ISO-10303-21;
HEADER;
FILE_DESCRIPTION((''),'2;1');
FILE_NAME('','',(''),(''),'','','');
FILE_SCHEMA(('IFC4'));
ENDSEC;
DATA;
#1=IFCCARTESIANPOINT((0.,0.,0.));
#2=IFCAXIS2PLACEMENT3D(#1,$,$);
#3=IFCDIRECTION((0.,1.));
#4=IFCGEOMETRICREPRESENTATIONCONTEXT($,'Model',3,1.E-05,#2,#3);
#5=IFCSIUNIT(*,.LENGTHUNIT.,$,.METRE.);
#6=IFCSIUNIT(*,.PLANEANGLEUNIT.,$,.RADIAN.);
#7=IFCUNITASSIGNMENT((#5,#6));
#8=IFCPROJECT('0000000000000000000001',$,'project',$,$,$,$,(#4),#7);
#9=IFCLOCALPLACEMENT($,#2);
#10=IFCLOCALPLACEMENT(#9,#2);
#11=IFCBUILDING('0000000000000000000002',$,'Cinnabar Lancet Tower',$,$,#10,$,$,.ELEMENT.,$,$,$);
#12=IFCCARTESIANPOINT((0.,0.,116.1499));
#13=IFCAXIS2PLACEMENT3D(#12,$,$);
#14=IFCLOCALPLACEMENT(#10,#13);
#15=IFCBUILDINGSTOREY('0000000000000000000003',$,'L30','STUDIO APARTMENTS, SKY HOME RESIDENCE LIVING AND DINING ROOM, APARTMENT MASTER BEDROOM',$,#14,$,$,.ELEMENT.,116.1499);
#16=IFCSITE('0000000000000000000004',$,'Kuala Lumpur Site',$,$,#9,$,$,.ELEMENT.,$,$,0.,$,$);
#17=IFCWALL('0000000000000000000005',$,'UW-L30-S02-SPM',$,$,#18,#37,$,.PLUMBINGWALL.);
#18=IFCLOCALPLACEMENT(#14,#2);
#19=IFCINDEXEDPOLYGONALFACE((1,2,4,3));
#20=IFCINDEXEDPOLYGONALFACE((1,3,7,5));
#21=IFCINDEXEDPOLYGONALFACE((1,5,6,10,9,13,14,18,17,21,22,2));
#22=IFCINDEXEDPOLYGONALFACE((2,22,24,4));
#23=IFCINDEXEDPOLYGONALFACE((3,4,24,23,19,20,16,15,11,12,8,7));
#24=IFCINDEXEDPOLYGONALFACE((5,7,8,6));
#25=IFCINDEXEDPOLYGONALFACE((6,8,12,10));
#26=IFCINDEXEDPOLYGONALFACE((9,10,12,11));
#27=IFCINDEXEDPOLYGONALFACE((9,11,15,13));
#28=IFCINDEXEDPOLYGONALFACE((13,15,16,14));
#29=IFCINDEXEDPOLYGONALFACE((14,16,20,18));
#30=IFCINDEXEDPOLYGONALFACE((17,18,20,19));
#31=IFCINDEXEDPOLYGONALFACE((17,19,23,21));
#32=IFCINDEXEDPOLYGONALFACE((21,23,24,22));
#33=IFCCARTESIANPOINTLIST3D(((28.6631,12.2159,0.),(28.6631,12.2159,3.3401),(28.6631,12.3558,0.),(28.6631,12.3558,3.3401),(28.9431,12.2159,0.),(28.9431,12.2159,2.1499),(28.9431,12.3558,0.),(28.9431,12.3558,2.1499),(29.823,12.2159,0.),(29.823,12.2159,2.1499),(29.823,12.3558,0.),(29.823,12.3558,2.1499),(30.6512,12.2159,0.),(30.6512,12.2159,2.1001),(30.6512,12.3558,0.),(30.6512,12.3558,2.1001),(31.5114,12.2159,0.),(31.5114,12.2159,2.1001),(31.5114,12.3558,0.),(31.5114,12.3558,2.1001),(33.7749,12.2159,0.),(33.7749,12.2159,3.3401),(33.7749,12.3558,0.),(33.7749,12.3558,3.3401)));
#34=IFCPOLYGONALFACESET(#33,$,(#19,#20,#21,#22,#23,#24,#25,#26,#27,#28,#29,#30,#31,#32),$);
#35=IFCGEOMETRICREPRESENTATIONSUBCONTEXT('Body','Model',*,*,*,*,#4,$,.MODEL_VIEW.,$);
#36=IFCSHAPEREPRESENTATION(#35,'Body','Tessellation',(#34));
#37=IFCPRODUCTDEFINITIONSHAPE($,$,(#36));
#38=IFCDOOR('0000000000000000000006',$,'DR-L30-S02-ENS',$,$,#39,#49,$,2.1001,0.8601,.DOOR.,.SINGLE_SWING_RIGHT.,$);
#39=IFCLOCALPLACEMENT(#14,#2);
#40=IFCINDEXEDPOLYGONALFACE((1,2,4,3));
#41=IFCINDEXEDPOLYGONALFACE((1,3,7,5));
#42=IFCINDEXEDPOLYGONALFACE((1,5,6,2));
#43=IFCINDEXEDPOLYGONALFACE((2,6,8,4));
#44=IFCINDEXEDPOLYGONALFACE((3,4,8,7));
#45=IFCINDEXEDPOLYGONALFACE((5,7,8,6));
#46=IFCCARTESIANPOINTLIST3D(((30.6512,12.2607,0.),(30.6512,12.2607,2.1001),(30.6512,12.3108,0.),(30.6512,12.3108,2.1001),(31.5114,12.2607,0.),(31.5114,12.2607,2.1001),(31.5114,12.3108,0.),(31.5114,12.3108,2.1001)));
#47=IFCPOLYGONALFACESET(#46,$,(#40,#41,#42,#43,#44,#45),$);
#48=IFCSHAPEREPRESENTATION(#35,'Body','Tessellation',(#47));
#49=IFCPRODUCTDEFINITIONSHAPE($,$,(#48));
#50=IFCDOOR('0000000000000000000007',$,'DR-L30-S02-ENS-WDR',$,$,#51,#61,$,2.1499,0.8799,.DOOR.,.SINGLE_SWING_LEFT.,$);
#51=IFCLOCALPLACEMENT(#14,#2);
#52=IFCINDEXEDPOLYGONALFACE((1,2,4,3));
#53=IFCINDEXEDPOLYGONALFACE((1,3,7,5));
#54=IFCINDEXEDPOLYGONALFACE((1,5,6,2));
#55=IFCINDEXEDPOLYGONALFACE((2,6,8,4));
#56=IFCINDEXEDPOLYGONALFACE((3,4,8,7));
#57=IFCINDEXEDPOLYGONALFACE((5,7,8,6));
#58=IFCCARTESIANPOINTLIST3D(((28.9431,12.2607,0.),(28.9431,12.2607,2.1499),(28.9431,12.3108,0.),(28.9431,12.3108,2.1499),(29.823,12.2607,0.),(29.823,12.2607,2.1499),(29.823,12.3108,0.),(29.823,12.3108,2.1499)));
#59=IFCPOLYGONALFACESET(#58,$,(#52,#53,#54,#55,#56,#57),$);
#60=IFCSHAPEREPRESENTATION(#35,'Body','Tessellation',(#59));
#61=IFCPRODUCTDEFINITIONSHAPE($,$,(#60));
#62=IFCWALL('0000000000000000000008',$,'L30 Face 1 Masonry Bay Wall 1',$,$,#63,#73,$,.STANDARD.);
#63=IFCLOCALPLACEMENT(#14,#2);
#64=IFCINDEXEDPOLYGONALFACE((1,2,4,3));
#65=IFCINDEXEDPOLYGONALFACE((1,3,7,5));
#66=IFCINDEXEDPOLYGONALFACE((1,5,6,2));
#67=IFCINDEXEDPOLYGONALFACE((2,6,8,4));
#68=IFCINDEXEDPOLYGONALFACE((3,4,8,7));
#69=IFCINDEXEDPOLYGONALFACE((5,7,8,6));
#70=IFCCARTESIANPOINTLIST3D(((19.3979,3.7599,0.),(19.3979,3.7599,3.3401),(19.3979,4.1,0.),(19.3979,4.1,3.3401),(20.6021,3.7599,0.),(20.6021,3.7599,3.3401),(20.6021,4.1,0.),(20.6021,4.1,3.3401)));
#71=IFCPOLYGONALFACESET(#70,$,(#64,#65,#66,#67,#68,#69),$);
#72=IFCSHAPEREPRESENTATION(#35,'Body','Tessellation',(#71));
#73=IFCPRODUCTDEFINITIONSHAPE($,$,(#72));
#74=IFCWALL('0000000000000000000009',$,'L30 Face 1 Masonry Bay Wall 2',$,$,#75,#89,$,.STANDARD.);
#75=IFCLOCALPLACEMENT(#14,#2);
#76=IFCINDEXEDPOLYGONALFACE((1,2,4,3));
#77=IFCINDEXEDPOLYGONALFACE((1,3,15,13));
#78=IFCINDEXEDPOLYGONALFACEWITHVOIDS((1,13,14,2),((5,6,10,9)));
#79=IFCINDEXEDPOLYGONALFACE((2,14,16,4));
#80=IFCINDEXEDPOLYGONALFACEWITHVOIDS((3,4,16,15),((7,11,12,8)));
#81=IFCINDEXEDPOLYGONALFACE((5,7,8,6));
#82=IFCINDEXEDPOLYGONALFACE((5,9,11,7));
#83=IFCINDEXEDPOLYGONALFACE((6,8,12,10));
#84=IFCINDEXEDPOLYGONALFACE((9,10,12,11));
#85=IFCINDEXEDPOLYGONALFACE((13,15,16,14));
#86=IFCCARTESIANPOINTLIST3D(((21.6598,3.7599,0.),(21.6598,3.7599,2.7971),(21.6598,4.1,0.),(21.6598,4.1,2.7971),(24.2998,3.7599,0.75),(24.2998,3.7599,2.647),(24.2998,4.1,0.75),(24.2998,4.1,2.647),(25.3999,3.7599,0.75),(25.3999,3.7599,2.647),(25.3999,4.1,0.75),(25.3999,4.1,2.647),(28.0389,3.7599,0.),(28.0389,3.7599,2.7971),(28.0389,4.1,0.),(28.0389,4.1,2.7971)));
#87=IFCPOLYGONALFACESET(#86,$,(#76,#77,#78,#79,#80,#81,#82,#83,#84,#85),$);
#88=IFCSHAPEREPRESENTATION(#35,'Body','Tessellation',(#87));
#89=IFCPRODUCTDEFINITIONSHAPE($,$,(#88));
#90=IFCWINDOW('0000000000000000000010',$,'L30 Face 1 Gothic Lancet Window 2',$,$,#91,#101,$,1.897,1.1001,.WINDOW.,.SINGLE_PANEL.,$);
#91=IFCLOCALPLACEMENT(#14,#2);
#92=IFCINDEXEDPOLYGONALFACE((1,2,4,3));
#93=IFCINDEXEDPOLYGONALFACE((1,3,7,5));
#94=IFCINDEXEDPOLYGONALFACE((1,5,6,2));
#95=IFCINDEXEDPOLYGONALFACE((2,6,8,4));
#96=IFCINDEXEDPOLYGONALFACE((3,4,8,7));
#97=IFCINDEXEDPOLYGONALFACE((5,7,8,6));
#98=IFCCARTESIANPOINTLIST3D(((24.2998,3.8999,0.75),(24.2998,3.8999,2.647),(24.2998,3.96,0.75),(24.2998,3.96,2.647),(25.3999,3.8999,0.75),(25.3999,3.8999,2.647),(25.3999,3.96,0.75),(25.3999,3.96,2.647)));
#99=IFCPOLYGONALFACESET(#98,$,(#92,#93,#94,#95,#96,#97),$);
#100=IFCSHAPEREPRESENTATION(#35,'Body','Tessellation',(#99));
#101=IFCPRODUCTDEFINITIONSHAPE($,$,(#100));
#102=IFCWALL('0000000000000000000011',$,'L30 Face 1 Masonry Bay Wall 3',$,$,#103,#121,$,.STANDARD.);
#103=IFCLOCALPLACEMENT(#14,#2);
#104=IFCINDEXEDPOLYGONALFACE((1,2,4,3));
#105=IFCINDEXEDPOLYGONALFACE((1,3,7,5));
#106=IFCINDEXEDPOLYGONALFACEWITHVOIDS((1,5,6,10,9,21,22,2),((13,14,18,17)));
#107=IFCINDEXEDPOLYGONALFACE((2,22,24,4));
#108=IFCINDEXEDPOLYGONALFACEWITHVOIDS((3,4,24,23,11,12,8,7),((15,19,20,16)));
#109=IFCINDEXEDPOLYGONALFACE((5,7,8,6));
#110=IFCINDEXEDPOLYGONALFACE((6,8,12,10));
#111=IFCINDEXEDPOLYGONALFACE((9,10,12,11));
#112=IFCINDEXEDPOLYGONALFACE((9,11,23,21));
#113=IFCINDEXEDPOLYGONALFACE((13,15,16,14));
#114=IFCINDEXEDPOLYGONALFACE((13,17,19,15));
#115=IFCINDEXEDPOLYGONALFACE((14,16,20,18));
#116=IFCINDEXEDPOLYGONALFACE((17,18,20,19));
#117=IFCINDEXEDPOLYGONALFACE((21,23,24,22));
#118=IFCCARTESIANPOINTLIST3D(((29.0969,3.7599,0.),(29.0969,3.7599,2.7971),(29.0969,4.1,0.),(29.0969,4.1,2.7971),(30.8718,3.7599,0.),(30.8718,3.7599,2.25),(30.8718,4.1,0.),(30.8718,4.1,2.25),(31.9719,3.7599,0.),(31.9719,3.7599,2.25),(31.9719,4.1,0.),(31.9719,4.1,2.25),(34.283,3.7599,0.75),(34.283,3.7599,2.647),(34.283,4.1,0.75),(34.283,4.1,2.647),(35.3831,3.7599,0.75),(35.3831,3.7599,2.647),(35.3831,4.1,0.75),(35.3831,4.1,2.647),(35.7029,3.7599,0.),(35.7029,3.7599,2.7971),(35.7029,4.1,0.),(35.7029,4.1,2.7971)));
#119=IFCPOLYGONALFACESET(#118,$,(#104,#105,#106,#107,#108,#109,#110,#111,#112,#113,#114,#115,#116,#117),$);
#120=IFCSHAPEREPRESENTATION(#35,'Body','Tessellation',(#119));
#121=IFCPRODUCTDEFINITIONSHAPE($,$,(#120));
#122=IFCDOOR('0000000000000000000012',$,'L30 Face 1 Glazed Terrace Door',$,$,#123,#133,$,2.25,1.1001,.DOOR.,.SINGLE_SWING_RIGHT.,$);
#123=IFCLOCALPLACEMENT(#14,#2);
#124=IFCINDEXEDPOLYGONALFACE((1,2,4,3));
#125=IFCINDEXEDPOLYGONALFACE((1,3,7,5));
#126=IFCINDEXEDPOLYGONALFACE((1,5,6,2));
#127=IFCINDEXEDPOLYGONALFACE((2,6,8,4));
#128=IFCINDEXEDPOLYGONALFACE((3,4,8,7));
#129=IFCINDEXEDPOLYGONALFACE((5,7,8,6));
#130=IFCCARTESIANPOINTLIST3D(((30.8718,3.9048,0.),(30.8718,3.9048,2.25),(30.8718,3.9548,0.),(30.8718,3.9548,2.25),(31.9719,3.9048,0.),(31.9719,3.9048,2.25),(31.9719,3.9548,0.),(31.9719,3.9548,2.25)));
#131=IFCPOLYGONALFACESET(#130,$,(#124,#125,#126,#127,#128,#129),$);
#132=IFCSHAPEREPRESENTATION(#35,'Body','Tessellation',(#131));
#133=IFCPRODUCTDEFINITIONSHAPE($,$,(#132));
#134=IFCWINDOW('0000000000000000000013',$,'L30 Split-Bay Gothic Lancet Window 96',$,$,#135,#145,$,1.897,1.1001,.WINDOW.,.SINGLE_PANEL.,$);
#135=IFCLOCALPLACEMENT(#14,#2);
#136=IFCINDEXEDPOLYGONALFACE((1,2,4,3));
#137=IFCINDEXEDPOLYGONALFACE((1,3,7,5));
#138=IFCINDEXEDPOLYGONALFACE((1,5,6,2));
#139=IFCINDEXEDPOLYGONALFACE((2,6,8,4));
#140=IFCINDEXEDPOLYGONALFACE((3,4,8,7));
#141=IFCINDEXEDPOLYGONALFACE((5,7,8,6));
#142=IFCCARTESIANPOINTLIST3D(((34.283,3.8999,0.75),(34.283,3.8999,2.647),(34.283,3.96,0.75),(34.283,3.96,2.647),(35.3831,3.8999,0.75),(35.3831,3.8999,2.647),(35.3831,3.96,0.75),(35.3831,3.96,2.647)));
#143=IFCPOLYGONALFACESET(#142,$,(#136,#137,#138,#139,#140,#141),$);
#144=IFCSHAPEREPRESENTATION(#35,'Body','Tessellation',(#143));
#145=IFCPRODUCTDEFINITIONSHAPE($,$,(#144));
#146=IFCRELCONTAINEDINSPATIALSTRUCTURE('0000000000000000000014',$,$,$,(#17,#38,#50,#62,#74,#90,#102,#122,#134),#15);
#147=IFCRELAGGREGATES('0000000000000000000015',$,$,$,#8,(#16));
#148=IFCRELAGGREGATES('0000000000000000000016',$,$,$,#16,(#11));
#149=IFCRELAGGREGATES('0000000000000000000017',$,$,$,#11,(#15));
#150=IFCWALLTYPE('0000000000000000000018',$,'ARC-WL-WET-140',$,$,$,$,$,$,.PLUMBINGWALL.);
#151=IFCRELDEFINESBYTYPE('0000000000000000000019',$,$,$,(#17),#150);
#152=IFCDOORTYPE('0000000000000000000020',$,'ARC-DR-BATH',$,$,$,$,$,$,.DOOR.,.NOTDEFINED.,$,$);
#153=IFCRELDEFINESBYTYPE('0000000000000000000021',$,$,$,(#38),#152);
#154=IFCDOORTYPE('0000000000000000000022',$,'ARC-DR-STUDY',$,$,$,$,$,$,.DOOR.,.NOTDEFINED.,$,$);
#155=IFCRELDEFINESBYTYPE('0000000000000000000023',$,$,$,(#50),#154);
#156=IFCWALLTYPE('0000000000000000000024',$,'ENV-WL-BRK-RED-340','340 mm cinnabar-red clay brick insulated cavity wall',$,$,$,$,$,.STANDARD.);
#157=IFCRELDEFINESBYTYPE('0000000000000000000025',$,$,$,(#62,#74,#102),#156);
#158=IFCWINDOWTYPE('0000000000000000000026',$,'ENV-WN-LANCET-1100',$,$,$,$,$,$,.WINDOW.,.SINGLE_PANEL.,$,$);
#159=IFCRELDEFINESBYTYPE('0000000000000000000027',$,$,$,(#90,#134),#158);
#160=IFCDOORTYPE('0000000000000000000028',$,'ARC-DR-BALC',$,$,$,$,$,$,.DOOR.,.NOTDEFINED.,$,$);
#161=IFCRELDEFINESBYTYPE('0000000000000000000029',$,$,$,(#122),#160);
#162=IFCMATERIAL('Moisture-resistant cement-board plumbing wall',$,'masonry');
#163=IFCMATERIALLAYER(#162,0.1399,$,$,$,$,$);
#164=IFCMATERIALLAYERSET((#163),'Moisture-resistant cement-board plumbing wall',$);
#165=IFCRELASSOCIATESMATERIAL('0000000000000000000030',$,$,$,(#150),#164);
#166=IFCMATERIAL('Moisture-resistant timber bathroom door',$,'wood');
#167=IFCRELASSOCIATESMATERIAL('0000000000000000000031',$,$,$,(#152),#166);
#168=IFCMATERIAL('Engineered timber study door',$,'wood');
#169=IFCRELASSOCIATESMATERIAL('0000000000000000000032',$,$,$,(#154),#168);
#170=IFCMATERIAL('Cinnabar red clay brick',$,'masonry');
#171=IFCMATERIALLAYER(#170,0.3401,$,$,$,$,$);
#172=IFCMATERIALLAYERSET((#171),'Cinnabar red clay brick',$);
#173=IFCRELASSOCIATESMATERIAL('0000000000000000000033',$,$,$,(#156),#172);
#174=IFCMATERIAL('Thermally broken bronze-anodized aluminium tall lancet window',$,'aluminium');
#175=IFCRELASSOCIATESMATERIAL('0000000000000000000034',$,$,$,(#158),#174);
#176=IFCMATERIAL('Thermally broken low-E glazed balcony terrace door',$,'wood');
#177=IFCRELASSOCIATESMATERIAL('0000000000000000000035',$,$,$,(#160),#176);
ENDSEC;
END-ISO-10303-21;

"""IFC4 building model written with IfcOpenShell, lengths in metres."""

from ifc_helpers import new_model, si_unit, direction, frame, frame_2d, origin, place, context, subcontext, project, spatial, rectangle, extrude, material, layer, layer_set, type_object, element, fill, save


model = new_model("IFC4")

# Units and contexts
model_context = context("Model", 3, precision=1e-05, world=origin(), true_north=direction((0.0, 1.0)))
body_context = subcontext(model_context, "Body", "Model", "MODEL_VIEW")
ifc_project = project(units=[si_unit("LENGTHUNIT", "METRE"), si_unit("PLANEANGLEUNIT", "RADIAN")], contexts=[model_context])

# Site, building, storey
site_placement = place(None, origin())
site = spatial("IfcSite", under=ifc_project, at=site_placement, Name="Kuala Lumpur Site", CompositionType="ELEMENT", RefElevation=0.0)
building_placement = place(site_placement, origin())
building = spatial("IfcBuilding", under=site, at=building_placement, Name="Cinnabar Lancet Tower", CompositionType="ELEMENT")
storey_placement = place(building_placement, frame((0.0, 0.0, 116.1499)))
storey = spatial("IfcBuildingStorey", under=building, at=storey_placement, Name="L30", Description="STUDIO APARTMENTS, SKY HOME RESIDENCE LIVING AND DINING ROOM, APARTMENT MASTER BEDROOM", CompositionType="ELEMENT", Elevation=116.1499)

# Shared definitions
ifc_material_1 = material(Name="Moisture-resistant cement-board plumbing wall", Category="masonry")
ifc_layer_1 = layer(ifc_material_1, 0.1399)
ifc_layer_set_1 = layer_set([ifc_layer_1], Name="Moisture-resistant cement-board plumbing wall")
wall_type_1 = type_object("IfcWallType", Name="ARC-WL-WET-140", PredefinedType="PLUMBINGWALL", material=ifc_layer_set_1)
ifc_material_2 = material(Name="Moisture-resistant timber bathroom door", Category="wood")
door_type_1 = type_object("IfcDoorType", Name="ARC-DR-BATH", OperationType="NOTDEFINED", PredefinedType="DOOR", material=ifc_material_2)
ifc_material_3 = material(Name="Engineered timber study door", Category="wood")
door_type_2 = type_object("IfcDoorType", Name="ARC-DR-STUDY", OperationType="NOTDEFINED", PredefinedType="DOOR", material=ifc_material_3)

# Wall, openings, doors
wall_1_placement = place(storey_placement, frame((28.6631, 12.2859, 0.0), z_axis=(0.0, 0.0, 1.0), x_axis=(1.0, 0.0, 0.0)))
wall_1 = element("IfcWall", 1, at=wall_1_placement, inside=storey, type_object=wall_type_1, Name="UW-L30-S02-SPM", PredefinedType="PLUMBINGWALL", context=body_context, shape_type="SweptSolid", body=[
    extrude(rectangle(XDim=5.1118, YDim=0.1399, at=frame_2d((2.5559, 0.0))), origin(), (0.0, 0.0, 1.0), 3.3401),
])
opening_1_placement = place(wall_1_placement, frame((0.28, 0.0, 0.0)))
opening_1 = element("IfcOpeningElement", 2, at=opening_1_placement, cuts=wall_1, PredefinedType="OPENING", context=body_context, shape_type="SweptSolid", body=[
    extrude(rectangle(XDim=0.8799, YDim=2.1499, at=frame_2d((0.4399, 1.075))), frame((0.0, 0.0798, 0.0), z_axis=(0.0, -1.0, 0.0), x_axis=(1.0, 0.0, 0.0)), (0.0, 0.0, 1.0), 0.1599),
])
opening_2_placement = place(wall_1_placement, frame((1.988, 0.0, 0.0)))
opening_2 = element("IfcOpeningElement", 3, at=opening_2_placement, cuts=wall_1, PredefinedType="OPENING", context=body_context, shape_type="SweptSolid", body=[
    extrude(rectangle(XDim=0.8601, YDim=2.1001, at=frame_2d((0.4302, 1.05))), frame((0.0, 0.0798, 0.0), z_axis=(0.0, -1.0, 0.0), x_axis=(1.0, 0.0, 0.0)), (0.0, 0.0, 1.0), 0.1599),
])
door_1_placement = place(opening_2_placement, origin())
door_1 = element("IfcDoor", 4, at=door_1_placement, inside=storey, type_object=door_type_1, Name="DR-L30-S02-ENS", OperationType="SINGLE_SWING_RIGHT", OverallHeight=2.1001, OverallWidth=0.8601, PredefinedType="DOOR", context=body_context, shape_type="SweptSolid", body=[
    extrude(rectangle(XDim=0.8601, YDim=2.1001, at=frame_2d((0.4302, 1.05))), frame((0.0, 0.0249, 0.0), z_axis=(0.0, -1.0, 0.0), x_axis=(1.0, 0.0, 0.0)), (0.0, 0.0, 1.0), 0.05),
])
fill(opening_2, door_1)
door_2_placement = place(opening_1_placement, origin())
door_2 = element("IfcDoor", 5, at=door_2_placement, inside=storey, type_object=door_type_2, Name="DR-L30-S02-ENS-WDR", OperationType="SINGLE_SWING_LEFT", OverallHeight=2.1499, OverallWidth=0.8799, PredefinedType="DOOR", context=body_context, shape_type="SweptSolid", body=[
    extrude(rectangle(XDim=0.8799, YDim=2.1499, at=frame_2d((0.4399, 1.075))), frame((0.0, 0.0249, 0.0), z_axis=(0.0, -1.0, 0.0), x_axis=(1.0, 0.0, 0.0)), (0.0, 0.0, 1.0), 0.05),
])
fill(opening_1, door_2)

# Wall
ifc_material_4 = material(Name="Cinnabar red clay brick", Category="masonry")
ifc_layer_2 = layer(ifc_material_4, 0.3401)
ifc_layer_set_2 = layer_set([ifc_layer_2], Name="Cinnabar red clay brick")
wall_type_2 = type_object("IfcWallType", Name="ENV-WL-BRK-RED-340", Description="340 mm cinnabar-red clay brick insulated cavity wall", PredefinedType="STANDARD", material=ifc_layer_set_2)
wall_2_placement = place(storey_placement, frame((19.3979, 3.9299, 0.0), z_axis=(0.0, 0.0, 1.0), x_axis=(1.0, 0.0, 0.0)))
element("IfcWall", 6, at=wall_2_placement, inside=storey, type_object=wall_type_2, Name="L30 Face 1 Masonry Bay Wall 1", PredefinedType="STANDARD", context=body_context, shape_type="SweptSolid", body=[
    extrude(rectangle(XDim=1.2041, YDim=0.3401, at=frame_2d((0.6021, 0.0))), origin(), (0.0, 0.0, 1.0), 3.3401),
])

# Wall, opening, window
wall_3_placement = place(storey_placement, frame((21.6599, 3.9299, 0.0), z_axis=(0.0, 0.0, 1.0), x_axis=(1.0, 0.0, 0.0)))
wall_3 = element("IfcWall", 7, at=wall_3_placement, inside=storey, type_object=wall_type_2, Name="L30 Face 1 Masonry Bay Wall 2", PredefinedType="STANDARD", context=body_context, shape_type="SweptSolid", body=[
    extrude(rectangle(XDim=6.3792, YDim=0.3401, at=frame_2d((3.1895, 0.0))), origin(), (0.0, 0.0, 1.0), 2.7971),
])
opening_3_placement = place(wall_3_placement, frame((2.6399, 0.0, 0.75)))
opening_3 = element("IfcOpeningElement", 8, at=opening_3_placement, cuts=wall_3, PredefinedType="OPENING", context=body_context, shape_type="SweptSolid", body=[
    extrude(rectangle(XDim=1.1001, YDim=1.897, at=frame_2d((0.55, 0.9485))), frame((0.0, 0.1799, 0.0), z_axis=(0.0, -1.0, 0.0), x_axis=(1.0, 0.0, 0.0)), (0.0, 0.0, 1.0), 0.3601),
])
ifc_material_5 = material(Name="Thermally broken bronze-anodized aluminium tall lancet window", Category="aluminium")
window_type = type_object("IfcWindowType", Name="ENV-WN-LANCET-1100", PartitioningType="SINGLE_PANEL", PredefinedType="WINDOW", material=ifc_material_5)
window_1_placement = place(opening_3_placement, origin())
window_1 = element("IfcWindow", 9, at=window_1_placement, inside=storey, type_object=window_type, Name="L30 Face 1 Gothic Lancet Window 2", OverallHeight=1.897, OverallWidth=1.1001, PartitioningType="SINGLE_PANEL", PredefinedType="WINDOW", context=body_context, shape_type="SweptSolid", body=[
    extrude(rectangle(XDim=1.1001, YDim=1.897, at=frame_2d((0.55, 0.9485))), frame((0.0, 0.03, 0.0), z_axis=(0.0, -1.0, 0.0), x_axis=(1.0, 0.0, 0.0)), (0.0, 0.0, 1.0), 0.0601),
])
fill(opening_3, window_1)

# Wall, openings, door, window
wall_4_placement = place(storey_placement, frame((29.0969, 3.9299, 0.0), z_axis=(0.0, 0.0, 1.0), x_axis=(1.0, 0.0, 0.0)))
wall_4 = element("IfcWall", 10, at=wall_4_placement, inside=storey, type_object=wall_type_2, Name="L30 Face 1 Masonry Bay Wall 3", PredefinedType="STANDARD", context=body_context, shape_type="SweptSolid", body=[
    extrude(rectangle(XDim=6.606, YDim=0.3401, at=frame_2d((3.303, 0.0))), origin(), (0.0, 0.0, 1.0), 2.7971),
])
opening_4_placement = place(wall_4_placement, frame((1.7749, 0.0, 0.0)))
opening_4 = element("IfcOpeningElement", 11, at=opening_4_placement, cuts=wall_4, PredefinedType="OPENING", context=body_context, shape_type="SweptSolid", body=[
    extrude(rectangle(XDim=1.1001, YDim=2.25, at=frame_2d((0.55, 1.125))), frame((0.0, 0.1799, 0.0), z_axis=(0.0, -1.0, 0.0), x_axis=(1.0, 0.0, 0.0)), (0.0, 0.0, 1.0), 0.3601),
])
opening_5_placement = place(wall_4_placement, frame((5.186, 0.0, 0.75)))
opening_5 = element("IfcOpeningElement", 12, at=opening_5_placement, cuts=wall_4, PredefinedType="OPENING", context=body_context, shape_type="SweptSolid", body=[
    extrude(rectangle(XDim=1.1001, YDim=1.897, at=frame_2d((0.55, 0.9485))), frame((0.0, 0.1799, 0.0), z_axis=(0.0, -1.0, 0.0), x_axis=(1.0, 0.0, 0.0)), (0.0, 0.0, 1.0), 0.3601),
])
ifc_material_6 = material(Name="Thermally broken low-E glazed balcony terrace door", Category="wood")
door_type_3 = type_object("IfcDoorType", Name="ARC-DR-BALC", OperationType="NOTDEFINED", PredefinedType="DOOR", material=ifc_material_6)
door_3_placement = place(opening_4_placement, origin())
door_3 = element("IfcDoor", 13, at=door_3_placement, inside=storey, type_object=door_type_3, Name="L30 Face 1 Glazed Terrace Door", OperationType="SINGLE_SWING_RIGHT", OverallHeight=2.25, OverallWidth=1.1001, PredefinedType="DOOR", context=body_context, shape_type="SweptSolid", body=[
    extrude(rectangle(XDim=1.1001, YDim=2.25, at=frame_2d((0.55, 1.125))), frame((0.0, 0.0249, 0.0), z_axis=(0.0, -1.0, 0.0), x_axis=(1.0, 0.0, 0.0)), (0.0, 0.0, 1.0), 0.05),
])
fill(opening_4, door_3)
window_2_placement = place(opening_5_placement, origin())
window_2 = element("IfcWindow", 14, at=window_2_placement, inside=storey, type_object=window_type, Name="L30 Split-Bay Gothic Lancet Window 96", OverallHeight=1.897, OverallWidth=1.1001, PartitioningType="SINGLE_PANEL", PredefinedType="WINDOW", context=body_context, shape_type="SweptSolid", body=[
    extrude(rectangle(XDim=1.1001, YDim=1.897, at=frame_2d((0.55, 0.9485))), frame((0.0, 0.03, 0.0), z_axis=(0.0, -1.0, 0.0), x_axis=(1.0, 0.0, 0.0)), (0.0, 0.0, 1.0), 0.0601),
])
fill(opening_5, window_2)

save(model, "model.ifc")
